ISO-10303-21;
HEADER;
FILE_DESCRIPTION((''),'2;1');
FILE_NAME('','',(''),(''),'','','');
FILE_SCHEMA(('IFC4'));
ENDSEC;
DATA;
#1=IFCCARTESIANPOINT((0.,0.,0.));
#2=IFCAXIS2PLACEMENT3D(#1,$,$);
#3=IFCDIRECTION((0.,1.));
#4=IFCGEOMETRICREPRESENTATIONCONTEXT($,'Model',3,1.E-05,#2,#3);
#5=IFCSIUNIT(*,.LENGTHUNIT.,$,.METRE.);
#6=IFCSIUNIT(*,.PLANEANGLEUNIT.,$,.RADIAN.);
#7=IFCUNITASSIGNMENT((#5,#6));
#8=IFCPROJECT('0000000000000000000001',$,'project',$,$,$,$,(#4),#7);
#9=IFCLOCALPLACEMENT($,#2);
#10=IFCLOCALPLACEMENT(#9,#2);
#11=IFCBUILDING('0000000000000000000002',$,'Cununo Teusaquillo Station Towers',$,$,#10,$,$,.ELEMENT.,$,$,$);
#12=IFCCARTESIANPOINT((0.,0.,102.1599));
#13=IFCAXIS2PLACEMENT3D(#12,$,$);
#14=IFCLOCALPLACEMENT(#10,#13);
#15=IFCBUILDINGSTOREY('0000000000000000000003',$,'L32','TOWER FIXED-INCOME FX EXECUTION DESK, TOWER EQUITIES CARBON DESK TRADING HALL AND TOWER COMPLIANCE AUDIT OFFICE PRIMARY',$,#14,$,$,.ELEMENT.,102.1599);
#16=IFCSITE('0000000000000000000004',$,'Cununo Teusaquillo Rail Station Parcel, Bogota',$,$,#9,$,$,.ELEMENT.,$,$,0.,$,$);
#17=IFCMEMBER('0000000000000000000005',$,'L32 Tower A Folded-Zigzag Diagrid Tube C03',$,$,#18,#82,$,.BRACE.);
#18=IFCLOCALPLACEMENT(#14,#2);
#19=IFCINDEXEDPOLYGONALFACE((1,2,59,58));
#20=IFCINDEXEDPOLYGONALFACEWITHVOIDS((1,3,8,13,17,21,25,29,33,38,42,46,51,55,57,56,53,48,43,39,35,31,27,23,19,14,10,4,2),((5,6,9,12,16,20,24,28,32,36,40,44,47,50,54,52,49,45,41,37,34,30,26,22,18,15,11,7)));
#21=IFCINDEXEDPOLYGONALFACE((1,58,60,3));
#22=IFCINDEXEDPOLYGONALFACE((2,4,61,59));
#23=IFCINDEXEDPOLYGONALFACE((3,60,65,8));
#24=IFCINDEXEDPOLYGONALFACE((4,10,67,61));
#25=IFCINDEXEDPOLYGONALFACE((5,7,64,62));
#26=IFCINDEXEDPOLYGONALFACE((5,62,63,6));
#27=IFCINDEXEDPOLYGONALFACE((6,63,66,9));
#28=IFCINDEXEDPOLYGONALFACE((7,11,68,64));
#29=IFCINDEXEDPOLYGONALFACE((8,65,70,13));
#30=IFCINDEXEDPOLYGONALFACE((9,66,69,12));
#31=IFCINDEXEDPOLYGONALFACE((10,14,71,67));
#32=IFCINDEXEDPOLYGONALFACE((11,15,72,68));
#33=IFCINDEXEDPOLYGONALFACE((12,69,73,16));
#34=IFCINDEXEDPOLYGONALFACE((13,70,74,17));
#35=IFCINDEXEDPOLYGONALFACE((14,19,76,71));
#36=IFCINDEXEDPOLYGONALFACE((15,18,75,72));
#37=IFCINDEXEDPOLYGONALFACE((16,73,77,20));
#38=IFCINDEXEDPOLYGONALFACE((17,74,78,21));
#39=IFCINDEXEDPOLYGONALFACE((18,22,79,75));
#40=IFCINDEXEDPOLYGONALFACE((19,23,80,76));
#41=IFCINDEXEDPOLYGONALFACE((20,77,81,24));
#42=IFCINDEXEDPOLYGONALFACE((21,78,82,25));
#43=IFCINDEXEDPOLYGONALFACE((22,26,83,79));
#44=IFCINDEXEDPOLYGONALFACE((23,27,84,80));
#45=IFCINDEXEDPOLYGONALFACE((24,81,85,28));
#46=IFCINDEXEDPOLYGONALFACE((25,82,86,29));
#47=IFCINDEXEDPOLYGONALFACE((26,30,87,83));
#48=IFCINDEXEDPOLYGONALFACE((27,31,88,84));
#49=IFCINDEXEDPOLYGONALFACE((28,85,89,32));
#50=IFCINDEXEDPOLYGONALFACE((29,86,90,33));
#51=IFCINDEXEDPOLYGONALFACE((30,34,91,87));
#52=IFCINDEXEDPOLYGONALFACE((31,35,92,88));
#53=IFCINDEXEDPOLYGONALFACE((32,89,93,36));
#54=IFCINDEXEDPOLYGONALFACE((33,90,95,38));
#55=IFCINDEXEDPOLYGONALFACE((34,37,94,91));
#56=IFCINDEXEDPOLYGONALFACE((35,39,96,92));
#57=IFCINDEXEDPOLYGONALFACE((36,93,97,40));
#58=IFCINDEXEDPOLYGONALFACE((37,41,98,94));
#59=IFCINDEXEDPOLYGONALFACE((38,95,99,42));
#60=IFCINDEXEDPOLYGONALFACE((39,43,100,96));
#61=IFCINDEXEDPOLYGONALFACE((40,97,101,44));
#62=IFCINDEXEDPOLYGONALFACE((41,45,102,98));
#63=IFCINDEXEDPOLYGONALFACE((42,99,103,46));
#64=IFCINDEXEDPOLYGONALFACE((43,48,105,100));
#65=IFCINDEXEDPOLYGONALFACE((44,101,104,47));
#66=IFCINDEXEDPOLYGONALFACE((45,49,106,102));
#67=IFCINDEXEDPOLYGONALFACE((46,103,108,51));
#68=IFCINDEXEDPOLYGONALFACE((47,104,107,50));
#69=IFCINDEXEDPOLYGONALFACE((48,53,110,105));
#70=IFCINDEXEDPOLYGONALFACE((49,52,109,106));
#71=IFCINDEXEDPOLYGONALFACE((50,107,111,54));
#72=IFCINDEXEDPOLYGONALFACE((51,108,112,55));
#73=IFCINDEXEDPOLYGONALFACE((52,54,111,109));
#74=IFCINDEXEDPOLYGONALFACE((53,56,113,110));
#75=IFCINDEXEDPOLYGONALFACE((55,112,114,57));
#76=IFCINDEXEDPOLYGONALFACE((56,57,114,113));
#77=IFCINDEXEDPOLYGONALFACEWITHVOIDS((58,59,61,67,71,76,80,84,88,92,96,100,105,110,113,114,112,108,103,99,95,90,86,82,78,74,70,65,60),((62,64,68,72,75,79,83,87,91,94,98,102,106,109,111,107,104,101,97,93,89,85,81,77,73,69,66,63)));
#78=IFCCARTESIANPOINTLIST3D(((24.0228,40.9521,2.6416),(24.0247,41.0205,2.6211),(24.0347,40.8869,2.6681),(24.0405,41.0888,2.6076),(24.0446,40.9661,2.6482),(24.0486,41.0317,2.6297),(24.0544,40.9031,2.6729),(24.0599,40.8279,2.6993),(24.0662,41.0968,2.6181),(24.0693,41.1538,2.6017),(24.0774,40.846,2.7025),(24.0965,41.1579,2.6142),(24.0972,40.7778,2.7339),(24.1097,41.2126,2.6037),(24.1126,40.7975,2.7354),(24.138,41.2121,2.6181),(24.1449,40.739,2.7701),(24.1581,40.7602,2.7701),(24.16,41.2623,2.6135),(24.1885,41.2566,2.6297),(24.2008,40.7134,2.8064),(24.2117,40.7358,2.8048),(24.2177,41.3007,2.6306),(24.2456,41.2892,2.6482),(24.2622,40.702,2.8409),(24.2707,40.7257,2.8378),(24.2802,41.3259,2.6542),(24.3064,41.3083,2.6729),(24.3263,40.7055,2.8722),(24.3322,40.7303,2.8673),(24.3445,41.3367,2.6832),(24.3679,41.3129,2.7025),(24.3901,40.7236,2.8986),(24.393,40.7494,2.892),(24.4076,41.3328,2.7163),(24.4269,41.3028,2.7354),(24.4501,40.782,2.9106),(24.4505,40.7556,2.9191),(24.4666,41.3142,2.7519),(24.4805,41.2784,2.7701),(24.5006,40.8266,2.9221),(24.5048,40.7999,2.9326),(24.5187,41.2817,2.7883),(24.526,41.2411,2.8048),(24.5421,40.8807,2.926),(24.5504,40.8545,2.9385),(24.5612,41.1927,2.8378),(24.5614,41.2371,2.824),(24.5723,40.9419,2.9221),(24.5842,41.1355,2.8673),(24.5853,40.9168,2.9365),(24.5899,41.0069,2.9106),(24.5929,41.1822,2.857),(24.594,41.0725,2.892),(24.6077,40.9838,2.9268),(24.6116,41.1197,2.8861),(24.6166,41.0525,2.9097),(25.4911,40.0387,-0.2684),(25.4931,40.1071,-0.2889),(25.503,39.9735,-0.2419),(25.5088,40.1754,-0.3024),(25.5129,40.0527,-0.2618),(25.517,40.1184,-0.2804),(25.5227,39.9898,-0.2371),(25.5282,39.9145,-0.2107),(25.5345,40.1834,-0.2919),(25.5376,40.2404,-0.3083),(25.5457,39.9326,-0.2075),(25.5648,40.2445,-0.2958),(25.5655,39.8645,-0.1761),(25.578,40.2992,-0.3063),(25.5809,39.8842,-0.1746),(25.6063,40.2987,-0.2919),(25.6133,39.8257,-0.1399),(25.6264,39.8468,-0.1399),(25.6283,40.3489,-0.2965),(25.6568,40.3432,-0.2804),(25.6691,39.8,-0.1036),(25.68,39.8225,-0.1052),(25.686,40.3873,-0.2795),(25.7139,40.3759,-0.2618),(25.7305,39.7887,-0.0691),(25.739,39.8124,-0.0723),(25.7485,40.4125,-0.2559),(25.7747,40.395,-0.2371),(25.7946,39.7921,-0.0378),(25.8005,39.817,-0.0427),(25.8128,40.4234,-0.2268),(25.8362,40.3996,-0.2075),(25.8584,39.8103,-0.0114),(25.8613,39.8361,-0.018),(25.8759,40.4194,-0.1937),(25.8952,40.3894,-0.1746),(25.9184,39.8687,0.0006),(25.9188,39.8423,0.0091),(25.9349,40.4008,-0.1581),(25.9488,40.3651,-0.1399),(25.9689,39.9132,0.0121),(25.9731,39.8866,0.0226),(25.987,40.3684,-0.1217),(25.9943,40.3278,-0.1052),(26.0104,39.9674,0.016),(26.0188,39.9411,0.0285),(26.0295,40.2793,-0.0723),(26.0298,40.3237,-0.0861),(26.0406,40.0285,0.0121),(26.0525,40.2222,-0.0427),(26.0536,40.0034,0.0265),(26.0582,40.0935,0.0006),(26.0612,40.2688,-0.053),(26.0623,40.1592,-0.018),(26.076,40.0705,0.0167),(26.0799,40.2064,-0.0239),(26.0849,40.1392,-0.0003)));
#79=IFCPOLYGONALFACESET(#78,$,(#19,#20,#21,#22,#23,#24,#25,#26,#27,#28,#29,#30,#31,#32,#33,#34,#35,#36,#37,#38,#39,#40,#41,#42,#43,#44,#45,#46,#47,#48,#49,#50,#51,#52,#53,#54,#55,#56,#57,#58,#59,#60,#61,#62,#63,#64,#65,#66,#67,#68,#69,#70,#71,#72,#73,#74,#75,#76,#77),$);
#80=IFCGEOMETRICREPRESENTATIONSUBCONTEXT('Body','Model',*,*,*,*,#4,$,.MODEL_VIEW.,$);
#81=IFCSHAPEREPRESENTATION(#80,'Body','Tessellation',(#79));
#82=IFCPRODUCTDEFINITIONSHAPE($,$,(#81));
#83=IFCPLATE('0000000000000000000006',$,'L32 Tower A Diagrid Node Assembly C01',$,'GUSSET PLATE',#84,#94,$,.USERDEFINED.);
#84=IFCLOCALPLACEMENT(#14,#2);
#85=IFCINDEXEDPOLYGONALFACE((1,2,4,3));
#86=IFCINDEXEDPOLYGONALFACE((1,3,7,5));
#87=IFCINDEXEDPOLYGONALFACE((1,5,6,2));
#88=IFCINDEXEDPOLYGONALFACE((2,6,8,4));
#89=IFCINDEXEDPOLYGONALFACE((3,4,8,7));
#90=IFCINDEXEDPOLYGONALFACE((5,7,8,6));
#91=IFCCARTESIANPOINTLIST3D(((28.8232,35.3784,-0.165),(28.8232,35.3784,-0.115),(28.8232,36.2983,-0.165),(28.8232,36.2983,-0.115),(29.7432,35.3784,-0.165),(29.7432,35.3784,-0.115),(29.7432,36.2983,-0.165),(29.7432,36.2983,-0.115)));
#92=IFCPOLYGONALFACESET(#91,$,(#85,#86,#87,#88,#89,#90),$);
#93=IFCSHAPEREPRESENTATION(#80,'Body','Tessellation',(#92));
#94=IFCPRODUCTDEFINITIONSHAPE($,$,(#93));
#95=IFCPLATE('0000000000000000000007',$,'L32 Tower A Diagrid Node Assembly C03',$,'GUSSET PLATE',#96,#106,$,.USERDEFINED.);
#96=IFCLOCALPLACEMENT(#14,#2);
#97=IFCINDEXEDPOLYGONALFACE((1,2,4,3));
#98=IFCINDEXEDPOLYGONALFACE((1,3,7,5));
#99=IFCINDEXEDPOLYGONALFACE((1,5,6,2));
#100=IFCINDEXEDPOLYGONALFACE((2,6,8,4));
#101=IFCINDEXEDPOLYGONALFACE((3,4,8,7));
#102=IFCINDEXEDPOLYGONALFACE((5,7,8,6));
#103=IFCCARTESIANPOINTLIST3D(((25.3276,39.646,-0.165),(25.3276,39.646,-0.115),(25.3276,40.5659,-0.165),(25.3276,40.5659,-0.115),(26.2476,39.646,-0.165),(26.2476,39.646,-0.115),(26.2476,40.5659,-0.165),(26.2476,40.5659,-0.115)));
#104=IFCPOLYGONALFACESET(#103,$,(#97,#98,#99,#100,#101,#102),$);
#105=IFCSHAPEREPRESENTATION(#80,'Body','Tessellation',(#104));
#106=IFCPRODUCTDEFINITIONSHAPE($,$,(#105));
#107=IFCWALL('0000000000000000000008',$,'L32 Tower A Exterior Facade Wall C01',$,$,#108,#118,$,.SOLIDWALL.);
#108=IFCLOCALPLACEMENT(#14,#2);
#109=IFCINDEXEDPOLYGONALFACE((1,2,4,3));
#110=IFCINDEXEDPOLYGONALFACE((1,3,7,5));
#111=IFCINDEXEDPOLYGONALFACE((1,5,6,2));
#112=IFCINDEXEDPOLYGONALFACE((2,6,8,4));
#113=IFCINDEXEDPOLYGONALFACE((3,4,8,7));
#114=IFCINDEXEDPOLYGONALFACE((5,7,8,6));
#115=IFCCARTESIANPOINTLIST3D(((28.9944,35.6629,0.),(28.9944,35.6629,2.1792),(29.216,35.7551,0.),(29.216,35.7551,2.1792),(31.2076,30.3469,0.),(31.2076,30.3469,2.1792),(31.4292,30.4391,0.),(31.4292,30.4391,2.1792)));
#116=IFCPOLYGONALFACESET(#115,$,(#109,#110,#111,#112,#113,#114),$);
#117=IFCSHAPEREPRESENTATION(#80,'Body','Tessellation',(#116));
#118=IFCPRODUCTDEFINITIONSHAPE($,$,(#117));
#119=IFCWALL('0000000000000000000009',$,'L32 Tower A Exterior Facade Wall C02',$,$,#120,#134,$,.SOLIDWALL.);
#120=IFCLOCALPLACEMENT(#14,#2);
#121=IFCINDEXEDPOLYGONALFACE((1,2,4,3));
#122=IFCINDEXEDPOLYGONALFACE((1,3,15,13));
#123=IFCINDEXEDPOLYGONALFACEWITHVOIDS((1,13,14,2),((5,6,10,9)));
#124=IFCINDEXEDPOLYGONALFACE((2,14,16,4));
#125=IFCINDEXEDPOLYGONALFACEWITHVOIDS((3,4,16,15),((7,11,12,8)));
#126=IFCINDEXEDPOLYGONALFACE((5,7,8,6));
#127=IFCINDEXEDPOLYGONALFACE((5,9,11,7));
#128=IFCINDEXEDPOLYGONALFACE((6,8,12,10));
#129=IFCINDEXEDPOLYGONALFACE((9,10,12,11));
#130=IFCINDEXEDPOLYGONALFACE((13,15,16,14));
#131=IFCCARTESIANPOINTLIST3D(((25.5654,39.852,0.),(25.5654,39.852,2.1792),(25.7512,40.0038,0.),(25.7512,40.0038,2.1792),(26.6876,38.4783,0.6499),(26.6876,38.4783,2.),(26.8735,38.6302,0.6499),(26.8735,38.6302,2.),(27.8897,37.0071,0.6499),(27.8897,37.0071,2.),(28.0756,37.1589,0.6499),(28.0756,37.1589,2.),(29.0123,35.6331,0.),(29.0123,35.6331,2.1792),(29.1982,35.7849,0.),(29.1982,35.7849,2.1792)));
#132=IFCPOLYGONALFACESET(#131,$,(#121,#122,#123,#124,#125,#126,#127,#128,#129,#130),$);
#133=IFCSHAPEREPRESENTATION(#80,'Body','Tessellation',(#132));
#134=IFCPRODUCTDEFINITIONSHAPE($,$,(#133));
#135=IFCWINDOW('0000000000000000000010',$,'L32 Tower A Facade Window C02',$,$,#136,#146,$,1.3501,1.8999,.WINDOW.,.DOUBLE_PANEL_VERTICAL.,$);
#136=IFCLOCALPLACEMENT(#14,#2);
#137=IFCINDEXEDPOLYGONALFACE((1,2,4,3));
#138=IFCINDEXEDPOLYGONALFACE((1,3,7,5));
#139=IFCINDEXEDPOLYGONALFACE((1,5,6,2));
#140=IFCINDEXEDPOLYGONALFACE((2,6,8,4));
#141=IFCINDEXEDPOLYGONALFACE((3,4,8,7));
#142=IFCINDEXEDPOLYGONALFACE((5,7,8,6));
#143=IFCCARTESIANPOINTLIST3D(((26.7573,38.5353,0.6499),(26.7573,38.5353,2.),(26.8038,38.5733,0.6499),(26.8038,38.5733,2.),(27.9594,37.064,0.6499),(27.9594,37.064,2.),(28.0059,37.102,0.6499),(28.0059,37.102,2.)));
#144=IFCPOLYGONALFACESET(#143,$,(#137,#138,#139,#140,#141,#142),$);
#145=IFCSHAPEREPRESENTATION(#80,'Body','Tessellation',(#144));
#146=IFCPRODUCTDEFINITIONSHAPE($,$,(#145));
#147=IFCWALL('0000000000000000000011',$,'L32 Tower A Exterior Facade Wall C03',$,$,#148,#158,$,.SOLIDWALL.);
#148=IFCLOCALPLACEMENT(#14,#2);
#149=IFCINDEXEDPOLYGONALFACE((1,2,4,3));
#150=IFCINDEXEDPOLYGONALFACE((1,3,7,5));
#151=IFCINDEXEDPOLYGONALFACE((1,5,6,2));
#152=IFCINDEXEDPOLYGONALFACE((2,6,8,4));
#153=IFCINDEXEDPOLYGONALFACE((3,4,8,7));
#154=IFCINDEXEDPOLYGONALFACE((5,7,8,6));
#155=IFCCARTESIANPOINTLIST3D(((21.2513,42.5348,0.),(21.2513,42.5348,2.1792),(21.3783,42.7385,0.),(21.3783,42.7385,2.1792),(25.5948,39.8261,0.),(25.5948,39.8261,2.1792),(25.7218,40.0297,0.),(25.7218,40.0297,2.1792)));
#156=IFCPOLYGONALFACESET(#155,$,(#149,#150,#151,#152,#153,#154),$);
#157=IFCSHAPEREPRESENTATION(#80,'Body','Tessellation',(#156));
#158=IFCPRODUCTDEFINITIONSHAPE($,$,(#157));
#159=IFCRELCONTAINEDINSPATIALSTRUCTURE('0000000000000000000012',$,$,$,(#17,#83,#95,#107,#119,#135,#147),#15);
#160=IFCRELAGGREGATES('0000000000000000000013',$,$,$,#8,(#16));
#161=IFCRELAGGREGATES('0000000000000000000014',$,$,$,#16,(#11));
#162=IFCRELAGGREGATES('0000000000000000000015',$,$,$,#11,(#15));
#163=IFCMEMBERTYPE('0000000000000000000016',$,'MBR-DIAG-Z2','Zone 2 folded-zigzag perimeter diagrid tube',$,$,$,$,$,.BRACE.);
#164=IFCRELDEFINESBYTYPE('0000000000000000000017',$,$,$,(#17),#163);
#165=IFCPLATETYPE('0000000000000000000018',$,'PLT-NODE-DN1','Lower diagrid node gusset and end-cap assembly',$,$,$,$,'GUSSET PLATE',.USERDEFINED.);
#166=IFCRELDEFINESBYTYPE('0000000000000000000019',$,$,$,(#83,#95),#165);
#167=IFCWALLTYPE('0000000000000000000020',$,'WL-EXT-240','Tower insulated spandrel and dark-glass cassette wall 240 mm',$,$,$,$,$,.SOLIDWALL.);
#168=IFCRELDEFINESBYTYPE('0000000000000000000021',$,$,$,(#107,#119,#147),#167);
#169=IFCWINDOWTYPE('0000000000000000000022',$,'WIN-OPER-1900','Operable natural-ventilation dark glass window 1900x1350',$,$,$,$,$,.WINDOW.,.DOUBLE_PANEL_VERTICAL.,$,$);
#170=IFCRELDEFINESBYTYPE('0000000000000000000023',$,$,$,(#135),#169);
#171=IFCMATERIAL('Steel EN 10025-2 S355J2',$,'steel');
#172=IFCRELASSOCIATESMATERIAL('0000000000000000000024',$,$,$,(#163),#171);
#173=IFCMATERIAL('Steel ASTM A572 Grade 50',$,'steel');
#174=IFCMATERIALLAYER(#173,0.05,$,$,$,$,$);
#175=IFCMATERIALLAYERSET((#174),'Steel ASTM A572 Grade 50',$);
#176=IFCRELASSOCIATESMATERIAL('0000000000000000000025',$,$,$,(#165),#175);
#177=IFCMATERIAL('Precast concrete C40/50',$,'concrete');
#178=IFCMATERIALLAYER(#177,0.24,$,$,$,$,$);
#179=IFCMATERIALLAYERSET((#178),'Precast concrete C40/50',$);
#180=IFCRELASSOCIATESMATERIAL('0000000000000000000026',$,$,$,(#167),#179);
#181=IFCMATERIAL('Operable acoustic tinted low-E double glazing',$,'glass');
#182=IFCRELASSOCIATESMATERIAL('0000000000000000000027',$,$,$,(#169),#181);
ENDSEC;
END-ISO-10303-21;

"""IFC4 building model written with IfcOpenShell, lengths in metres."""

from ifc_helpers import new_model, si_unit, direction, frame, frame_2d, origin, origin_2d, place, context, subcontext, project, spatial, rectangle, hollow_circle, extrude, source, transform, mapped, material, layer, layer_set, material_profile, profile_set, type_object, element, fill, save


model = new_model("IFC4")

# Units and contexts
model_context = context("Model", 3, precision=1e-05, world=origin(), true_north=direction((0.0, 1.0)))
body_context = subcontext(model_context, "Body", "Model", "MODEL_VIEW")
ifc_project = project(units=[si_unit("LENGTHUNIT", "METRE"), si_unit("PLANEANGLEUNIT", "RADIAN")], contexts=[model_context])

# Site, building, storey
site_placement = place(None, origin())
site = spatial("IfcSite", under=ifc_project, at=site_placement, Name="Cununo Teusaquillo Rail Station Parcel, Bogota", CompositionType="ELEMENT", RefElevation=0.0)
building_placement = place(site_placement, origin())
building = spatial("IfcBuilding", under=site, at=building_placement, Name="Cununo Teusaquillo Station Towers", CompositionType="ELEMENT")
storey_placement = place(building_placement, frame((0.0, 0.0, 102.1599)))
storey = spatial("IfcBuildingStorey", under=building, at=storey_placement, Name="L32", Description="TOWER FIXED-INCOME FX EXECUTION DESK, TOWER EQUITIES CARBON DESK TRADING HALL AND TOWER COMPLIANCE AUDIT OFFICE PRIMARY", CompositionType="ELEMENT", Elevation=102.1599)

# Member
ifc_material_1 = material(Name="Steel EN 10025-2 S355J2", Category="steel")
ifc_material_profile_1 = material_profile(ifc_material_1, hollow_circle(Radius=0.3301, WallThickness=0.0249, at=origin_2d()), Name="CHS 660x25")
ifc_profile_set_1 = profile_set([ifc_material_profile_1], Name="Steel EN 10025-2 S355J2")
member_type = type_object("IfcMemberType", Name="MBR-DIAG-Z2", Description="Zone 2 folded-zigzag perimeter diagrid tube", PredefinedType="BRACE", material=ifc_profile_set_1)
member_1_placement = place(storey_placement, frame((25.7876, 40.106, -0.1399), z_axis=(-0.433768, 0.269825, 0.859674), x_axis=(-0.528196, -0.849123, 0.0)))
element("IfcMember", 1, at=member_1_placement, inside=storey, type_object=member_type, Name="L32 Tower A Folded-Zigzag Diagrid Tube C03", PredefinedType="BRACE", context=body_context, shape_type="SweptSolid", body=[
    extrude(hollow_circle(Radius=0.3301, WallThickness=0.0249, at=origin_2d()), origin(), (0.0, 0.0, 1.0), 3.385),
])

# Plates
ifc_material_2 = material(Name="Steel ASTM A572 Grade 50", Category="steel")
ifc_layer_1 = layer(ifc_material_2, 0.05)
ifc_layer_set_1 = layer_set([ifc_layer_1], Name="Steel ASTM A572 Grade 50")
plate_type = type_object("IfcPlateType", Name="PLT-NODE-DN1", Description="Lower diagrid node gusset and end-cap assembly", ElementType="GUSSET PLATE", PredefinedType="USERDEFINED", material=ifc_layer_set_1)
shared_shape_1 = source(origin(), body_context, "Body", "SweptSolid", [
    extrude(rectangle(XDim=0.9199, YDim=0.9199, at=origin_2d()), origin(), (0.0, 0.0, 1.0), 0.05),
])
for number, where, z_axis, x_axis, name in (
    (2, (29.2832, 35.8384, -0.165), (0.0, 0.0, 1.0), (1.0, 0.0, 0.0), "L32 Tower A Diagrid Node Assembly C01"),
    (3, (25.7876, 40.106, -0.165), (0.0, 0.0, 1.0), (1.0, 0.0, 0.0), "L32 Tower A Diagrid Node Assembly C03"),
):
    element("IfcPlate", number, at=place(storey_placement, frame(where, z_axis=z_axis, x_axis=x_axis)), inside=storey, type_object=plate_type, Name=name, ObjectType="GUSSET PLATE", PredefinedType="USERDEFINED", context=body_context, shape_type="MappedRepresentation", body=[
        mapped(shared_shape_1, transform((0.0, 0.0, 0.0), x_axis=(1.0, 0.0, 0.0), y_axis=(0.0, 1.0, 0.0), z_axis=(0.0, 0.0, 1.0), scale=1.0)),
    ])

# Wall
ifc_material_3 = material(Name="Precast concrete C40/50", Category="concrete")
ifc_layer_2 = layer(ifc_material_3, 0.24)
ifc_layer_set_2 = layer_set([ifc_layer_2], Name="Precast concrete C40/50")
wall_type_1 = type_object("IfcWallType", Name="WL-EXT-240", Description="Tower insulated spandrel and dark-glass cassette wall 240 mm", PredefinedType="SOLIDWALL", material=ifc_layer_set_2)
wall_1_placement = place(storey_placement, frame((29.1052, 35.709, 0.0), z_axis=(0.0, 0.0, 1.0), x_axis=(0.384344, -0.92319, 0.0)))
element("IfcWall", 4, at=wall_1_placement, inside=storey, type_object=wall_type_1, Name="L32 Tower A Exterior Facade Wall C01", PredefinedType="SOLIDWALL", context=body_context, shape_type="SweptSolid", body=[
    extrude(rectangle(XDim=5.7583, YDim=0.24, at=frame_2d((2.8792, 0.0))), origin(), (0.0, 0.0, 1.0), 2.1792),
])

# Wall, opening, window
wall_2_placement = place(storey_placement, frame((25.6582, 39.928, 0.0), z_axis=(0.0, 0.0, 1.0), x_axis=(0.632701, -0.774396, 0.0)))
wall_2 = element("IfcWall", 5, at=wall_2_placement, inside=storey, type_object=wall_type_1, Name="L32 Tower A Exterior Facade Wall C02", PredefinedType="SOLIDWALL", context=body_context, shape_type="SweptSolid", body=[
    extrude(rectangle(XDim=5.448, YDim=0.24, at=frame_2d((2.7241, 0.0))), origin(), (0.0, 0.0, 1.0), 2.1792),
])
shared_shape_2 = source(origin(), body_context, "Body", "SweptSolid", [
    extrude(rectangle(XDim=1.8999, YDim=1.3501, at=frame_2d((0.95, 0.675))), frame((0.0, 0.1299, 0.0), z_axis=(0.0, -1.0, 0.0), x_axis=(1.0, 0.0, 0.0)), (0.0, 0.0, 1.0), 0.26),
])
opening_1_placement = place(wall_2_placement, frame((1.7739, 0.0, 0.6499)))
opening_1 = element("IfcOpeningElement", 6, at=opening_1_placement, cuts=wall_2, PredefinedType="OPENING", context=body_context, shape_type="MappedRepresentation", body=[
    mapped(shared_shape_2, transform((0.0, 0.0, 0.0), x_axis=(1.0, 0.0, 0.0), y_axis=(0.0, 1.0, 0.0), z_axis=(0.0, 0.0, 1.0), scale=1.0)),
])
ifc_material_4 = material(Name="Operable acoustic tinted low-E double glazing", Category="glass")
window_type = type_object("IfcWindowType", Name="WIN-OPER-1900", Description="Operable natural-ventilation dark glass window 1900x1350", PartitioningType="DOUBLE_PANEL_VERTICAL", PredefinedType="WINDOW", material=ifc_material_4)
shared_shape_3 = source(origin(), body_context, "Body", "SweptSolid", [
    extrude(rectangle(XDim=1.8999, YDim=1.3501, at=frame_2d((0.95, 0.675))), frame((0.0, 0.03, 0.0), z_axis=(0.0, -1.0, 0.0), x_axis=(1.0, 0.0, 0.0)), (0.0, 0.0, 1.0), 0.0601),
])
window_placement = place(opening_1_placement, origin())
window = element("IfcWindow", 7, at=window_placement, inside=storey, type_object=window_type, Name="L32 Tower A Facade Window C02", OverallHeight=1.3501, OverallWidth=1.8999, PartitioningType="DOUBLE_PANEL_VERTICAL", PredefinedType="WINDOW", context=body_context, shape_type="MappedRepresentation", body=[
    mapped(shared_shape_3, transform((0.0, 0.0, 0.0), x_axis=(1.0, 0.0, 0.0), y_axis=(0.0, 1.0, 0.0), z_axis=(0.0, 0.0, 1.0), scale=1.0)),
])
fill(opening_1, window)

# Wall
wall_3_placement = place(storey_placement, frame((21.3147, 42.6367, 0.0), z_axis=(0.0, 0.0, 1.0), x_axis=(0.84852, -0.529163, 0.0)))
element("IfcWall", 8, at=wall_3_placement, inside=storey, type_object=wall_type_1, Name="L32 Tower A Exterior Facade Wall C03", PredefinedType="SOLIDWALL", context=body_context, shape_type="SweptSolid", body=[
    extrude(rectangle(XDim=5.1189, YDim=0.24, at=frame_2d((2.5596, 0.0))), origin(), (0.0, 0.0, 1.0), 2.1792),
])

save(model, "model.ifc")
